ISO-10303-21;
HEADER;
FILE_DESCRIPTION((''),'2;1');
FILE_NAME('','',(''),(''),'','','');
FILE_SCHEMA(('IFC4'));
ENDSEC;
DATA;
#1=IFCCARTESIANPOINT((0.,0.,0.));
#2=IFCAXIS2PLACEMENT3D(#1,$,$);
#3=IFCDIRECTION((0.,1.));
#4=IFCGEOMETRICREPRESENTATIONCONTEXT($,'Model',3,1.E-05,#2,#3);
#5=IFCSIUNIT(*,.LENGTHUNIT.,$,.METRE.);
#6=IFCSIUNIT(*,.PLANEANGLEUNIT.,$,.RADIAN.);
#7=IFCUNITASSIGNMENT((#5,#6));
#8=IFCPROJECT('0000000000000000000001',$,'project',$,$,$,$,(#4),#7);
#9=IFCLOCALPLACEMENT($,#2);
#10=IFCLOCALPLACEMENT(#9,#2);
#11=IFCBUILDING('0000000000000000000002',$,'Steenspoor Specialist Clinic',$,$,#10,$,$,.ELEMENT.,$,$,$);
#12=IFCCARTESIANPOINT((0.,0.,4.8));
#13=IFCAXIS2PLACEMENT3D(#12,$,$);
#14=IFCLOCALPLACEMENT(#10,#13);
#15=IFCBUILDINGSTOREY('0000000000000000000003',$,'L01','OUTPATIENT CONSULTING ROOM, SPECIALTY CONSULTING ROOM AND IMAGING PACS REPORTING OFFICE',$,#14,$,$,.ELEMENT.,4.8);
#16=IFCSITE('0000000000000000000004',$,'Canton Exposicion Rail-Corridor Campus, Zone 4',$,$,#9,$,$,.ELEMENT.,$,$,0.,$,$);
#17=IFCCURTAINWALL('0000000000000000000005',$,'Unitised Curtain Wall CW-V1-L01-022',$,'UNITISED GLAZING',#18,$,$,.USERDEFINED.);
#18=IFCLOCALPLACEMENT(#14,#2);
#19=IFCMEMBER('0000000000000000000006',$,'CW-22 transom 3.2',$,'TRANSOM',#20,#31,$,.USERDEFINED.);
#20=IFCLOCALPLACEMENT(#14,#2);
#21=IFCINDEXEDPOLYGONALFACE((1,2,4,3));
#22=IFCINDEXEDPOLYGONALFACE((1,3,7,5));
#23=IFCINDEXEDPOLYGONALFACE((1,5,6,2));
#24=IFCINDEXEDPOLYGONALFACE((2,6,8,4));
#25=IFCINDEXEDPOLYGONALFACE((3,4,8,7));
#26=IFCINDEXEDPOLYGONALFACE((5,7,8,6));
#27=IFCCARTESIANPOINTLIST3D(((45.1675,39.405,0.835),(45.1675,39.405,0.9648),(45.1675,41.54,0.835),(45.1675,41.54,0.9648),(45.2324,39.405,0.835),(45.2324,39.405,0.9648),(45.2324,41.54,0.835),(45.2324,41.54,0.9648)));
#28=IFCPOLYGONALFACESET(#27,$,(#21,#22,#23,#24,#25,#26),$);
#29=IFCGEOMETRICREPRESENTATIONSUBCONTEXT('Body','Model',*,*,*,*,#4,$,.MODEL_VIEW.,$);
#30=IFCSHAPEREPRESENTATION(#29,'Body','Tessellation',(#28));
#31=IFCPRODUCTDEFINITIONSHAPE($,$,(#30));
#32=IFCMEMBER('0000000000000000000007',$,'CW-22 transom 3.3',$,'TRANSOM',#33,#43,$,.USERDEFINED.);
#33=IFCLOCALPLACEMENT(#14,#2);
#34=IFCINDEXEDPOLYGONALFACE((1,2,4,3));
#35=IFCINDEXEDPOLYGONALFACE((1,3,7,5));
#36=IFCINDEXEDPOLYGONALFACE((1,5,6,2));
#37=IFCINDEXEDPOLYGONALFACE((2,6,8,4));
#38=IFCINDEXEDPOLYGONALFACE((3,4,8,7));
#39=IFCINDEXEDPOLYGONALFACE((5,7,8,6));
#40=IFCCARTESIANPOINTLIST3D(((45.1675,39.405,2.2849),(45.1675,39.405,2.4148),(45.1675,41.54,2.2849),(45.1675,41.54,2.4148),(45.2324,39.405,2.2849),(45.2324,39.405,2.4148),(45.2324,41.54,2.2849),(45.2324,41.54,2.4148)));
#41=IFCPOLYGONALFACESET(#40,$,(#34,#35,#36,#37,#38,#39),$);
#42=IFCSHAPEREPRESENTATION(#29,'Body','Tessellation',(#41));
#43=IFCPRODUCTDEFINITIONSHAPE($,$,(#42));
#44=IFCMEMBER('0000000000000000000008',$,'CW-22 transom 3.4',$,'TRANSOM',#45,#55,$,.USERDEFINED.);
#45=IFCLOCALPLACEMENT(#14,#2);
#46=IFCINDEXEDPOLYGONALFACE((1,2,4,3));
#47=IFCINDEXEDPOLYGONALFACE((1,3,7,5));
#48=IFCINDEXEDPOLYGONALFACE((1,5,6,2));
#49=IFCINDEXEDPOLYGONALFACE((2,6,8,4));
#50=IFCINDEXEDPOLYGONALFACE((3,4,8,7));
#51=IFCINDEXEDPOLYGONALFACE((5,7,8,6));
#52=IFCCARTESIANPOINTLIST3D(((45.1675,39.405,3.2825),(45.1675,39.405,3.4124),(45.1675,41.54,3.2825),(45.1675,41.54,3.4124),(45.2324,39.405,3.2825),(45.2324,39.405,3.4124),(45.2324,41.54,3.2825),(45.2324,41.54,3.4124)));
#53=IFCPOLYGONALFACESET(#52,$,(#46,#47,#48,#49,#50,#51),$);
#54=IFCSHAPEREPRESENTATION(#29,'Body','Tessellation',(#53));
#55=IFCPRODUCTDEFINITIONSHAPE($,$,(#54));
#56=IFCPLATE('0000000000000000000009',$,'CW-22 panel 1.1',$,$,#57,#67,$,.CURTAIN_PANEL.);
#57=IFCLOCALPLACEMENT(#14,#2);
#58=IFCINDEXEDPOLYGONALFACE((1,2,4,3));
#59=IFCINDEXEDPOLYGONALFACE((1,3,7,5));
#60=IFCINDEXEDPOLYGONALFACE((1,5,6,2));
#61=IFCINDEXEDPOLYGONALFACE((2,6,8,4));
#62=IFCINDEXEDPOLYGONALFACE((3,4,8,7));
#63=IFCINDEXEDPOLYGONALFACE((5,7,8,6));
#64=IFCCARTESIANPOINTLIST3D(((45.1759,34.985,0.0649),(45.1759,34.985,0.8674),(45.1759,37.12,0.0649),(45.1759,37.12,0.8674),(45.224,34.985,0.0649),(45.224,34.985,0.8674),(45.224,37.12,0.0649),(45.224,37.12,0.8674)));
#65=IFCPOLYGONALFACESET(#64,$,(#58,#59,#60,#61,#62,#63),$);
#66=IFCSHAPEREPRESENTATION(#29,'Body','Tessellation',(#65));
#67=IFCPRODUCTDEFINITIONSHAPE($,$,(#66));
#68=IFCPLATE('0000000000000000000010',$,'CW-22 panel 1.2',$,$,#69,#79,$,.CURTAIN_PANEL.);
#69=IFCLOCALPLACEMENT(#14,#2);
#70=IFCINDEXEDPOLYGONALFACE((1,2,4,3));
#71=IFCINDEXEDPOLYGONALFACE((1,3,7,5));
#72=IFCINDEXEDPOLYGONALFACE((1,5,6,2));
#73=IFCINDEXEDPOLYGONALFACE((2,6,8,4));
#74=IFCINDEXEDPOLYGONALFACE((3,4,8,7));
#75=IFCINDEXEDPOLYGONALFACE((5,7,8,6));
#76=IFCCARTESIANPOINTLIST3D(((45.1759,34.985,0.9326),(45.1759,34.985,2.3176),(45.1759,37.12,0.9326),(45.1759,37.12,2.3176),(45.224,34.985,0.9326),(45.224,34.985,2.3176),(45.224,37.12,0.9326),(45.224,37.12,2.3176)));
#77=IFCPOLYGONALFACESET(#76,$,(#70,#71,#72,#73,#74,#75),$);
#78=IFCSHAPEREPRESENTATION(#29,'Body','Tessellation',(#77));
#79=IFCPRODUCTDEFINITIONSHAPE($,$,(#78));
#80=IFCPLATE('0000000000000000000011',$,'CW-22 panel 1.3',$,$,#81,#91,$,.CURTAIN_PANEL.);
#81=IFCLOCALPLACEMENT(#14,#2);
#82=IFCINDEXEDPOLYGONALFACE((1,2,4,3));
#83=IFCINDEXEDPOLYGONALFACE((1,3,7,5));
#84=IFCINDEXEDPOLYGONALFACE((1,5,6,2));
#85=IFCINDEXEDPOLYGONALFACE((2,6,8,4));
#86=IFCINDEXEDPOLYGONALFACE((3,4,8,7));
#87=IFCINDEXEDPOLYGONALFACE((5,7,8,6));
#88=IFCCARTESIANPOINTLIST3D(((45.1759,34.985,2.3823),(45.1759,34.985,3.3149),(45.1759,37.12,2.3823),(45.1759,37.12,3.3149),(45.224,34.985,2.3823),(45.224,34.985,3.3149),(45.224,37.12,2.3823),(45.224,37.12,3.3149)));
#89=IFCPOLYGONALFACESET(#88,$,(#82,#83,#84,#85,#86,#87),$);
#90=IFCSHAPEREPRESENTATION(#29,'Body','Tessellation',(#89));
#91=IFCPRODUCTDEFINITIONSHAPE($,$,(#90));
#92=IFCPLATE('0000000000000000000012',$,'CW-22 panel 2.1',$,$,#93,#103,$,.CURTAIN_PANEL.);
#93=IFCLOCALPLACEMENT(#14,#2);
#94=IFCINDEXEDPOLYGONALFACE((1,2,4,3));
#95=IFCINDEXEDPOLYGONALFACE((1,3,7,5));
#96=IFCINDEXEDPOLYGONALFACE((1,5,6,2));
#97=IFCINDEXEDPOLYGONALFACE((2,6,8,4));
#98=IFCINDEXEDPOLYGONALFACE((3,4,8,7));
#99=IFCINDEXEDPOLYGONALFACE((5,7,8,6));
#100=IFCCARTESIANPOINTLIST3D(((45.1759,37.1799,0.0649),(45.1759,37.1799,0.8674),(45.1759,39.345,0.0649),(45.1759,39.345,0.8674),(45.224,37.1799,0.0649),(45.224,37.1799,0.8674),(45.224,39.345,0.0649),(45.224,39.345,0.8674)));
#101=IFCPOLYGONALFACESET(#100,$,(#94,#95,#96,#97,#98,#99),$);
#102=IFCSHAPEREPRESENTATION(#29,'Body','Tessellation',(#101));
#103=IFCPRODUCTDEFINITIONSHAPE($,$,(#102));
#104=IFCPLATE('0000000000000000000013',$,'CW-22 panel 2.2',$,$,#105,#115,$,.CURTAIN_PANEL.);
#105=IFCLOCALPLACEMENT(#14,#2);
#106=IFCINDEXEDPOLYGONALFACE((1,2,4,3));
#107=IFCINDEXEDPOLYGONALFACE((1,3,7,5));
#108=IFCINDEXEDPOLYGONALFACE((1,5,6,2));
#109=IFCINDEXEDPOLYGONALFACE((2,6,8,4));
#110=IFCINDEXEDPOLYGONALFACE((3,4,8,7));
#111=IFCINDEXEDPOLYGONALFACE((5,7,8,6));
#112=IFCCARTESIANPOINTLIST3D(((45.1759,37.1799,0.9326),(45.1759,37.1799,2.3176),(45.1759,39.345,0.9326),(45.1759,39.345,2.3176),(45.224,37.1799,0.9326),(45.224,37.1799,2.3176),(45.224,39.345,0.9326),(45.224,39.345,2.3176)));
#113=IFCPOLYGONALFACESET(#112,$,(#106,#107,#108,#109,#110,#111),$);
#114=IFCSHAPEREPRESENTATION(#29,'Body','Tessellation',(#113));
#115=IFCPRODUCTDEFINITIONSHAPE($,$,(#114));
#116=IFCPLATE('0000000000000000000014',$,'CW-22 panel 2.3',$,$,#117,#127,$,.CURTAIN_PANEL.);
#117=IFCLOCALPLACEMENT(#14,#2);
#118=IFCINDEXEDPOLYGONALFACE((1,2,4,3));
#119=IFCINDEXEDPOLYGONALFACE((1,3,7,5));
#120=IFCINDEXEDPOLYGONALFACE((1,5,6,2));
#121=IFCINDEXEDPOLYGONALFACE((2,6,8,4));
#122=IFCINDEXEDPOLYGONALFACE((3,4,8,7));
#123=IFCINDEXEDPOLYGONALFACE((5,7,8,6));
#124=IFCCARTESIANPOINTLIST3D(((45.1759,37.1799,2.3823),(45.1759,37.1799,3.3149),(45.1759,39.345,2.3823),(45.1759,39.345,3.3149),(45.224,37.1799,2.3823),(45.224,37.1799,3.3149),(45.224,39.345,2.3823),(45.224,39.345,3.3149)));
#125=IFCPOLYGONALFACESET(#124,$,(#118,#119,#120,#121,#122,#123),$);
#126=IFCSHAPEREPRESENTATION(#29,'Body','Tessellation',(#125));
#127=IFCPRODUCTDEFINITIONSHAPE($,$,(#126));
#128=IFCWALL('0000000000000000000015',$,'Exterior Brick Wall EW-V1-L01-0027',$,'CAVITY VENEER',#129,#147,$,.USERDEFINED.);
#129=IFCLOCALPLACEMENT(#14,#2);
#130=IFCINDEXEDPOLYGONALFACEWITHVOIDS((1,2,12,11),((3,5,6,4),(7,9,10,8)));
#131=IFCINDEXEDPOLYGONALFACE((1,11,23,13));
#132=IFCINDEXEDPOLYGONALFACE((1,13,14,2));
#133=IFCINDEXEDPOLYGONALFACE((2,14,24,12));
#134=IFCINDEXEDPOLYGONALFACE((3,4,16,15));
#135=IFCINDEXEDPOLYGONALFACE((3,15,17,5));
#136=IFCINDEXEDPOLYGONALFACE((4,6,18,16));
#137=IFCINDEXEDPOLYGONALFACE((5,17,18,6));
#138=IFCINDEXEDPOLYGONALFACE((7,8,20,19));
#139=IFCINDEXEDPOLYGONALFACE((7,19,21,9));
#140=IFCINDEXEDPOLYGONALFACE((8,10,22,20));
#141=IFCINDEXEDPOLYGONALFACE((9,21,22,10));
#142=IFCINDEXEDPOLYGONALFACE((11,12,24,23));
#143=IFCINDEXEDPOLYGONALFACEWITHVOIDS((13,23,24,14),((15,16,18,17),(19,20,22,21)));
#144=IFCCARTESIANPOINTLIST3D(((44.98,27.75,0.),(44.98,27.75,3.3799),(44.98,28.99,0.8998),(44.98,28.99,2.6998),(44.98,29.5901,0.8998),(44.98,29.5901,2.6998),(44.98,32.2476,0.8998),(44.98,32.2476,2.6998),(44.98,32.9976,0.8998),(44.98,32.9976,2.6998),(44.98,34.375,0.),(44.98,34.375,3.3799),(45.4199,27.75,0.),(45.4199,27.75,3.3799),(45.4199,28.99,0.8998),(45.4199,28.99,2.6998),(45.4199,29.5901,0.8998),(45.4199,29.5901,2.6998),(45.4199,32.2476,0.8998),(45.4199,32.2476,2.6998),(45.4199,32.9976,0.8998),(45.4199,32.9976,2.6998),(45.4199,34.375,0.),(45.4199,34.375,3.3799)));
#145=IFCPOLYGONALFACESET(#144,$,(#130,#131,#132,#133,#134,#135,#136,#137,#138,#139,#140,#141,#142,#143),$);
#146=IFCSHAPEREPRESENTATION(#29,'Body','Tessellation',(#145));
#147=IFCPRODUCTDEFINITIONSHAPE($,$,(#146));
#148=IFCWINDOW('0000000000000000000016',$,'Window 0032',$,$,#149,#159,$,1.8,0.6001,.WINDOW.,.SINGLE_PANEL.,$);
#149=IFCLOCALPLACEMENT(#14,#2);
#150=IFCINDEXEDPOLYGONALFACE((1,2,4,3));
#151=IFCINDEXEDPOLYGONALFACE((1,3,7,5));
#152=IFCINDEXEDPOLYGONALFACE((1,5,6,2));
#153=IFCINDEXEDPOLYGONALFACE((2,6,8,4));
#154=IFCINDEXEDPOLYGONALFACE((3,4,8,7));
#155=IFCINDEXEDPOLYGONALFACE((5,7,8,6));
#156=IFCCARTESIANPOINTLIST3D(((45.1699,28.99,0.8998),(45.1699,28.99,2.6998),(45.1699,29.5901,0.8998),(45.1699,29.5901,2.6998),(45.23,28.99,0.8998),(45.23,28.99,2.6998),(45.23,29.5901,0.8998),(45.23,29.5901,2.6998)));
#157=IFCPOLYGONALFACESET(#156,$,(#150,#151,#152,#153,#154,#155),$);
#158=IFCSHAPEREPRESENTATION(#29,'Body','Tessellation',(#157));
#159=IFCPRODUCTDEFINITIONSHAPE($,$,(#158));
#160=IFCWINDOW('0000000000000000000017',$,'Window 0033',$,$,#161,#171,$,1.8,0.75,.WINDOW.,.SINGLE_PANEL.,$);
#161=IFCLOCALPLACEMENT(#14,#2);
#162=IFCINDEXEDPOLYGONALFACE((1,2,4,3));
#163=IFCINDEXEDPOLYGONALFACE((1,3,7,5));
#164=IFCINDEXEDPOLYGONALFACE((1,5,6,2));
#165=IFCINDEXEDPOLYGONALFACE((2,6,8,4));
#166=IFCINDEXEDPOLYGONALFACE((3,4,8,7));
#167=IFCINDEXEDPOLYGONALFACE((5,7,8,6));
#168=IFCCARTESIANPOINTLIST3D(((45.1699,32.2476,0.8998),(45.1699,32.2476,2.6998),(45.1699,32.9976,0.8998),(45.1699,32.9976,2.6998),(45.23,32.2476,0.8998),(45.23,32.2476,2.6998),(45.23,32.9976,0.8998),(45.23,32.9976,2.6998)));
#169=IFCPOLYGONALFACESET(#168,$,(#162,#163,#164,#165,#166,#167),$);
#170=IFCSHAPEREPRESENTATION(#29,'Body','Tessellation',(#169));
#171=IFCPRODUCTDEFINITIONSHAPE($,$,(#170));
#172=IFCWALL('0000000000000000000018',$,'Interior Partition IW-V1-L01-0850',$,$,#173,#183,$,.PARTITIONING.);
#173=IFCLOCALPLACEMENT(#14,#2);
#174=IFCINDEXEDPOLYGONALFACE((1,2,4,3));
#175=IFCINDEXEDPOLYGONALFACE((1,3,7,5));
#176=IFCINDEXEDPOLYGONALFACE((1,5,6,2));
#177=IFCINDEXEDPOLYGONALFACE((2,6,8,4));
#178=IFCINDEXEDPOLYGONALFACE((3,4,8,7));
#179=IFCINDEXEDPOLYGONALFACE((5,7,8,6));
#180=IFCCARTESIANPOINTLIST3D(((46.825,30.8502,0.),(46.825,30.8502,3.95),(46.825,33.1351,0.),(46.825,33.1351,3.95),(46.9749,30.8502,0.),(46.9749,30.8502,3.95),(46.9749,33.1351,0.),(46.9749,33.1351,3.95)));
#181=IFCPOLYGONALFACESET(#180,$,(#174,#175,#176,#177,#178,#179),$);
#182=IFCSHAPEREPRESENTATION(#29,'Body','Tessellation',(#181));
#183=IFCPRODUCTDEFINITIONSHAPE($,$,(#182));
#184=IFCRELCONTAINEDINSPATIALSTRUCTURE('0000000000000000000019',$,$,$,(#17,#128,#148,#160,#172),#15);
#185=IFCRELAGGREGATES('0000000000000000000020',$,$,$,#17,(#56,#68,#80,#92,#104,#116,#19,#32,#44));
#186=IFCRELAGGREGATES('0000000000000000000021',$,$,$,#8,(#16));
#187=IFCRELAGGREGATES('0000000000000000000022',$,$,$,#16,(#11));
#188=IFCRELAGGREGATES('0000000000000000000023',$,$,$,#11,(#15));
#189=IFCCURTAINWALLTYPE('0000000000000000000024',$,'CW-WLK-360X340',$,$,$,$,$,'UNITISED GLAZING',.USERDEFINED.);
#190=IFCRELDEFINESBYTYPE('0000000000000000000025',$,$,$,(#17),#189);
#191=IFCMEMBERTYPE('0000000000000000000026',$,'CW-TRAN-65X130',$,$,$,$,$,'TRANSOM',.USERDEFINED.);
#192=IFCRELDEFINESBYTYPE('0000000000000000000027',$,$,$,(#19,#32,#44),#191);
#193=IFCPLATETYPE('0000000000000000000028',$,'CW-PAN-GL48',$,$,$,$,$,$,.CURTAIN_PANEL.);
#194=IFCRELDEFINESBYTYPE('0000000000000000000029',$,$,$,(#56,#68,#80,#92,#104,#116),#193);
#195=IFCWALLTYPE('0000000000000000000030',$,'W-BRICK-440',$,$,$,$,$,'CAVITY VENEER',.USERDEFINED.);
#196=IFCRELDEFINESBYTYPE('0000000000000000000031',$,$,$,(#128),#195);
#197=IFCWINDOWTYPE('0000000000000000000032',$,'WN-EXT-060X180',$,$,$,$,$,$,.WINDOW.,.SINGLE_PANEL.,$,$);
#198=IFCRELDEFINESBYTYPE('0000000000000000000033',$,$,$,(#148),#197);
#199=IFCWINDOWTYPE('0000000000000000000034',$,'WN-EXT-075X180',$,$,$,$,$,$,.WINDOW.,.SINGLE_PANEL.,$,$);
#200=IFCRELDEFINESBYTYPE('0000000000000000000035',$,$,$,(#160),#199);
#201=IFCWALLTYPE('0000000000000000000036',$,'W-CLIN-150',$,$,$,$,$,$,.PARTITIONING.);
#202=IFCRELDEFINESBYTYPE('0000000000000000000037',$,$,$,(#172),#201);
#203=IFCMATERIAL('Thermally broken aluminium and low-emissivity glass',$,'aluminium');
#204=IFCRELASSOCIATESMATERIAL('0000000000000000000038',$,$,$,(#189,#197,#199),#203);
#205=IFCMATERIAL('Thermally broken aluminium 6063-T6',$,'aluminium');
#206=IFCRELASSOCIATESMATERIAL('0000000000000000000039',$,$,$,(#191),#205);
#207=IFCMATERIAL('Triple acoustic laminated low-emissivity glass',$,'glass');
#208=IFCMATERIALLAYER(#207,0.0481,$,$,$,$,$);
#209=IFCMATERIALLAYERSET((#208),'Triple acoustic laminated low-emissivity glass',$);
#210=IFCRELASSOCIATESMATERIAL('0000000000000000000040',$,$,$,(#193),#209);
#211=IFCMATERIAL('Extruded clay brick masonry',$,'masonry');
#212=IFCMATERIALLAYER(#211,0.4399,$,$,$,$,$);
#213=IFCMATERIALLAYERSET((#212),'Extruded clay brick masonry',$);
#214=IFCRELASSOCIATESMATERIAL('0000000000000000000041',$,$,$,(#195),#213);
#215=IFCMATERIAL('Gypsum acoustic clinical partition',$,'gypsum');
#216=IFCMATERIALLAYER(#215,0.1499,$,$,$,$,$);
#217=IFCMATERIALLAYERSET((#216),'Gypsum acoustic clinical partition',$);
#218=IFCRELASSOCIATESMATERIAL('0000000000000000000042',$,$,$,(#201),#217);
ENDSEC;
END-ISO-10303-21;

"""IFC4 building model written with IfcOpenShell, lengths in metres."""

from ifc_helpers import new_model, si_unit, direction, frame, frame_2d, origin, origin_2d, place, context, subcontext, project, spatial, rectangle, extrude, material, layer, layer_set, material_profile, profile_set, type_object, element, fill, aggregate, save


model = new_model("IFC4")

# Units and contexts
model_context = context("Model", 3, precision=1e-05, world=origin(), true_north=direction((0.0, 1.0)))
body_context = subcontext(model_context, "Body", "Model", "MODEL_VIEW")
ifc_project = project(units=[si_unit("LENGTHUNIT", "METRE"), si_unit("PLANEANGLEUNIT", "RADIAN")], contexts=[model_context])

# Site, building, storey
site_placement = place(None, origin())
site = spatial("IfcSite", under=ifc_project, at=site_placement, Name="Canton Exposicion Rail-Corridor Campus, Zone 4", CompositionType="ELEMENT", RefElevation=0.0)
building_placement = place(site_placement, origin())
building = spatial("IfcBuilding", under=site, at=building_placement, Name="Steenspoor Specialist Clinic", CompositionType="ELEMENT")
storey_placement = place(building_placement, frame((0.0, 0.0, 4.8)))
storey = spatial("IfcBuildingStorey", under=building, at=storey_placement, Name="L01", Description="OUTPATIENT CONSULTING ROOM, SPECIALTY CONSULTING ROOM AND IMAGING PACS REPORTING OFFICE", CompositionType="ELEMENT", Elevation=4.8)

# Curtain wall, members, plates
ifc_material_1 = material(Name="Thermally broken aluminium and low-emissivity glass", Category="aluminium")
curtain_wall_type = type_object("IfcCurtainWallType", Name="CW-WLK-360X340", ElementType="UNITISED GLAZING", PredefinedType="USERDEFINED", material=ifc_material_1)
curtain_wall_placement = place(storey_placement, origin())
curtain_wall = element("IfcCurtainWall", 1, at=curtain_wall_placement, inside=storey, type_object=curtain_wall_type, Name="Unitised Curtain Wall CW-V1-L01-022", ObjectType="UNITISED GLAZING", PredefinedType="USERDEFINED")
ifc_material_2 = material(Name="Thermally broken aluminium 6063-T6", Category="aluminium")
ifc_material_profile_1 = material_profile(ifc_material_2, rectangle(XDim=0.0649, YDim=0.1299, at=origin_2d()), Name="CWT-65X130")
ifc_profile_set_1 = profile_set([ifc_material_profile_1], Name="Thermally broken aluminium 6063-T6")
member_type_1 = type_object("IfcMemberType", Name="CW-TRAN-65X130", ElementType="TRANSOM", PredefinedType="USERDEFINED", material=ifc_profile_set_1)
member_1_placement = place(storey_placement, frame((45.2, 39.405, 0.8999), z_axis=(0.0, 1.0, 0.0), x_axis=(-1.0, 0.0, 0.0)))
member_1 = element("IfcMember", 2, at=member_1_placement, type_object=member_type_1, Name="CW-22 transom 3.2", ObjectType="TRANSOM", PredefinedType="USERDEFINED", context=body_context, shape_type="SweptSolid", body=[
    extrude(rectangle(XDim=0.0649, YDim=0.1299, at=origin_2d()), origin(), (0.0, 0.0, 1.0), 2.135),
])
member_2_placement = place(storey_placement, frame((45.2, 39.405, 2.3499), z_axis=(0.0, 1.0, 0.0), x_axis=(-1.0, 0.0, 0.0)))
member_2 = element("IfcMember", 3, at=member_2_placement, type_object=member_type_1, Name="CW-22 transom 3.3", ObjectType="TRANSOM", PredefinedType="USERDEFINED", context=body_context, shape_type="SweptSolid", body=[
    extrude(rectangle(XDim=0.0649, YDim=0.1299, at=origin_2d()), origin(), (0.0, 0.0, 1.0), 2.135),
])
member_3_placement = place(storey_placement, frame((45.2, 39.405, 3.3474), z_axis=(0.0, 1.0, 0.0), x_axis=(-1.0, 0.0, 0.0)))
member_3 = element("IfcMember", 4, at=member_3_placement, type_object=member_type_1, Name="CW-22 transom 3.4", ObjectType="TRANSOM", PredefinedType="USERDEFINED", context=body_context, shape_type="SweptSolid", body=[
    extrude(rectangle(XDim=0.0649, YDim=0.1299, at=origin_2d()), origin(), (0.0, 0.0, 1.0), 2.135),
])
ifc_material_3 = material(Name="Triple acoustic laminated low-emissivity glass", Category="glass")
ifc_layer_1 = layer(ifc_material_3, 0.0481)
ifc_layer_set_1 = layer_set([ifc_layer_1], Name="Triple acoustic laminated low-emissivity glass")
plate_type = type_object("IfcPlateType", Name="CW-PAN-GL48", PredefinedType="CURTAIN_PANEL", material=ifc_layer_set_1)
plate_1_placement = place(storey_placement, frame((45.2, 36.0525, 0.0649), z_axis=(0.0, 0.0, 1.0), x_axis=(0.0, 1.0, 0.0)))
plate_1 = element("IfcPlate", 5, at=plate_1_placement, type_object=plate_type, Name="CW-22 panel 1.1", PredefinedType="CURTAIN_PANEL", context=body_context, shape_type="SweptSolid", body=[
    extrude(rectangle(XDim=2.135, YDim=0.0481, at=origin_2d()), origin(), (0.0, 0.0, 1.0), 0.8025),
])
plate_2_placement = place(storey_placement, frame((45.2, 36.0525, 0.9326), z_axis=(0.0, 0.0, 1.0), x_axis=(0.0, 1.0, 0.0)))
plate_2 = element("IfcPlate", 6, at=plate_2_placement, type_object=plate_type, Name="CW-22 panel 1.2", PredefinedType="CURTAIN_PANEL", context=body_context, shape_type="SweptSolid", body=[
    extrude(rectangle(XDim=2.135, YDim=0.0481, at=origin_2d()), origin(), (0.0, 0.0, 1.0), 1.385),
])
plate_3_placement = place(storey_placement, frame((45.2, 36.0525, 2.3823), z_axis=(0.0, 0.0, 1.0), x_axis=(0.0, 1.0, 0.0)))
plate_3 = element("IfcPlate", 7, at=plate_3_placement, type_object=plate_type, Name="CW-22 panel 1.3", PredefinedType="CURTAIN_PANEL", context=body_context, shape_type="SweptSolid", body=[
    extrude(rectangle(XDim=2.135, YDim=0.0481, at=origin_2d()), origin(), (0.0, 0.0, 1.0), 0.9326),
])
plate_4_placement = place(storey_placement, frame((45.2, 38.2625, 0.0649), z_axis=(0.0, 0.0, 1.0), x_axis=(0.0, 1.0, 0.0)))
plate_4 = element("IfcPlate", 8, at=plate_4_placement, type_object=plate_type, Name="CW-22 panel 2.1", PredefinedType="CURTAIN_PANEL", context=body_context, shape_type="SweptSolid", body=[
    extrude(rectangle(XDim=2.165, YDim=0.0481, at=origin_2d()), origin(), (0.0, 0.0, 1.0), 0.8025),
])
plate_5_placement = place(storey_placement, frame((45.2, 38.2625, 0.9326), z_axis=(0.0, 0.0, 1.0), x_axis=(0.0, 1.0, 0.0)))
plate_5 = element("IfcPlate", 9, at=plate_5_placement, type_object=plate_type, Name="CW-22 panel 2.2", PredefinedType="CURTAIN_PANEL", context=body_context, shape_type="SweptSolid", body=[
    extrude(rectangle(XDim=2.165, YDim=0.0481, at=origin_2d()), origin(), (0.0, 0.0, 1.0), 1.385),
])
plate_6_placement = place(storey_placement, frame((45.2, 38.2625, 2.3823), z_axis=(0.0, 0.0, 1.0), x_axis=(0.0, 1.0, 0.0)))
plate_6 = element("IfcPlate", 10, at=plate_6_placement, type_object=plate_type, Name="CW-22 panel 2.3", PredefinedType="CURTAIN_PANEL", context=body_context, shape_type="SweptSolid", body=[
    extrude(rectangle(XDim=2.165, YDim=0.0481, at=origin_2d()), origin(), (0.0, 0.0, 1.0), 0.9326),
])
aggregate(curtain_wall, [plate_1, plate_2, plate_3, plate_4, plate_5, plate_6, member_1, member_2, member_3])

# Wall, openings, windows
ifc_material_4 = material(Name="Extruded clay brick masonry", Category="masonry")
ifc_layer_2 = layer(ifc_material_4, 0.4399)
ifc_layer_set_2 = layer_set([ifc_layer_2], Name="Extruded clay brick masonry")
wall_type_1 = type_object("IfcWallType", Name="W-BRICK-440", ElementType="CAVITY VENEER", PredefinedType="USERDEFINED", material=ifc_layer_set_2)
wall_1_placement = place(storey_placement, frame((45.2, 27.75, 0.0), z_axis=(0.0, 0.0, 1.0), x_axis=(0.0, 1.0, 0.0)))
wall_1 = element("IfcWall", 11, at=wall_1_placement, inside=storey, type_object=wall_type_1, Name="Exterior Brick Wall EW-V1-L01-0027", ObjectType="CAVITY VENEER", PredefinedType="USERDEFINED", context=body_context, shape_type="SweptSolid", body=[
    extrude(rectangle(XDim=6.625, YDim=0.4399, at=frame_2d((3.3125, 0.0))), origin(), (0.0, 0.0, 1.0), 3.3799),
])
opening_1_placement = place(wall_1_placement, frame((1.24, 0.0, 0.8999)))
opening_1 = element("IfcOpeningElement", 12, at=opening_1_placement, cuts=wall_1, PredefinedType="OPENING", context=body_context, shape_type="SweptSolid", body=[
    extrude(rectangle(XDim=0.6001, YDim=1.8, at=frame_2d((0.3, 0.8999))), frame((0.0, 0.23, 0.0), z_axis=(0.0, -1.0, 0.0), x_axis=(1.0, 0.0, 0.0)), (0.0, 0.0, 1.0), 0.46),
])
opening_2_placement = place(wall_1_placement, frame((4.4976, 0.0, 0.8999)))
opening_2 = element("IfcOpeningElement", 13, at=opening_2_placement, cuts=wall_1, PredefinedType="OPENING", context=body_context, shape_type="SweptSolid", body=[
    extrude(rectangle(XDim=0.75, YDim=1.8, at=frame_2d((0.375, 0.8999))), frame((0.0, 0.23, 0.0), z_axis=(0.0, -1.0, 0.0), x_axis=(1.0, 0.0, 0.0)), (0.0, 0.0, 1.0), 0.46),
])
window_type_1 = type_object("IfcWindowType", Name="WN-EXT-060X180", PartitioningType="SINGLE_PANEL", PredefinedType="WINDOW", material=ifc_material_1)
window_1_placement = place(opening_1_placement, origin())
window_1 = element("IfcWindow", 14, at=window_1_placement, inside=storey, type_object=window_type_1, Name="Window 0032", OverallHeight=1.8, OverallWidth=0.6001, PartitioningType="SINGLE_PANEL", PredefinedType="WINDOW", context=body_context, shape_type="SweptSolid", body=[
    extrude(rectangle(XDim=0.6001, YDim=1.8, at=frame_2d((0.3, 0.8999))), frame((0.0, 0.03, 0.0), z_axis=(0.0, -1.0, 0.0), x_axis=(1.0, 0.0, 0.0)), (0.0, 0.0, 1.0), 0.0601),
])
fill(opening_1, window_1)
window_type_2 = type_object("IfcWindowType", Name="WN-EXT-075X180", PartitioningType="SINGLE_PANEL", PredefinedType="WINDOW", material=ifc_material_1)
window_2_placement = place(opening_2_placement, origin())
window_2 = element("IfcWindow", 15, at=window_2_placement, inside=storey, type_object=window_type_2, Name="Window 0033", OverallHeight=1.8, OverallWidth=0.75, PartitioningType="SINGLE_PANEL", PredefinedType="WINDOW", context=body_context, shape_type="SweptSolid", body=[
    extrude(rectangle(XDim=0.75, YDim=1.8, at=frame_2d((0.375, 0.8999))), frame((0.0, 0.03, 0.0), z_axis=(0.0, -1.0, 0.0), x_axis=(1.0, 0.0, 0.0)), (0.0, 0.0, 1.0), 0.0601),
])
fill(opening_2, window_2)

# Wall
ifc_material_5 = material(Name="Gypsum acoustic clinical partition", Category="gypsum")
ifc_layer_3 = layer(ifc_material_5, 0.1499)
ifc_layer_set_3 = layer_set([ifc_layer_3], Name="Gypsum acoustic clinical partition")
wall_type_2 = type_object("IfcWallType", Name="W-CLIN-150", PredefinedType="PARTITIONING", material=ifc_layer_set_3)
wall_2_placement = place(storey_placement, frame((46.8999, 30.8501, 0.0), z_axis=(0.0, 0.0, 1.0), x_axis=(0.0, 1.0, 0.0)))
element("IfcWall", 16, at=wall_2_placement, inside=storey, type_object=wall_type_2, Name="Interior Partition IW-V1-L01-0850", PredefinedType="PARTITIONING", context=body_context, shape_type="SweptSolid", body=[
    extrude(rectangle(XDim=2.2849, YDim=0.1499, at=frame_2d((1.1426, 0.0))), origin(), (0.0, 0.0, 1.0), 3.95),
])

save(model, "model.ifc")
